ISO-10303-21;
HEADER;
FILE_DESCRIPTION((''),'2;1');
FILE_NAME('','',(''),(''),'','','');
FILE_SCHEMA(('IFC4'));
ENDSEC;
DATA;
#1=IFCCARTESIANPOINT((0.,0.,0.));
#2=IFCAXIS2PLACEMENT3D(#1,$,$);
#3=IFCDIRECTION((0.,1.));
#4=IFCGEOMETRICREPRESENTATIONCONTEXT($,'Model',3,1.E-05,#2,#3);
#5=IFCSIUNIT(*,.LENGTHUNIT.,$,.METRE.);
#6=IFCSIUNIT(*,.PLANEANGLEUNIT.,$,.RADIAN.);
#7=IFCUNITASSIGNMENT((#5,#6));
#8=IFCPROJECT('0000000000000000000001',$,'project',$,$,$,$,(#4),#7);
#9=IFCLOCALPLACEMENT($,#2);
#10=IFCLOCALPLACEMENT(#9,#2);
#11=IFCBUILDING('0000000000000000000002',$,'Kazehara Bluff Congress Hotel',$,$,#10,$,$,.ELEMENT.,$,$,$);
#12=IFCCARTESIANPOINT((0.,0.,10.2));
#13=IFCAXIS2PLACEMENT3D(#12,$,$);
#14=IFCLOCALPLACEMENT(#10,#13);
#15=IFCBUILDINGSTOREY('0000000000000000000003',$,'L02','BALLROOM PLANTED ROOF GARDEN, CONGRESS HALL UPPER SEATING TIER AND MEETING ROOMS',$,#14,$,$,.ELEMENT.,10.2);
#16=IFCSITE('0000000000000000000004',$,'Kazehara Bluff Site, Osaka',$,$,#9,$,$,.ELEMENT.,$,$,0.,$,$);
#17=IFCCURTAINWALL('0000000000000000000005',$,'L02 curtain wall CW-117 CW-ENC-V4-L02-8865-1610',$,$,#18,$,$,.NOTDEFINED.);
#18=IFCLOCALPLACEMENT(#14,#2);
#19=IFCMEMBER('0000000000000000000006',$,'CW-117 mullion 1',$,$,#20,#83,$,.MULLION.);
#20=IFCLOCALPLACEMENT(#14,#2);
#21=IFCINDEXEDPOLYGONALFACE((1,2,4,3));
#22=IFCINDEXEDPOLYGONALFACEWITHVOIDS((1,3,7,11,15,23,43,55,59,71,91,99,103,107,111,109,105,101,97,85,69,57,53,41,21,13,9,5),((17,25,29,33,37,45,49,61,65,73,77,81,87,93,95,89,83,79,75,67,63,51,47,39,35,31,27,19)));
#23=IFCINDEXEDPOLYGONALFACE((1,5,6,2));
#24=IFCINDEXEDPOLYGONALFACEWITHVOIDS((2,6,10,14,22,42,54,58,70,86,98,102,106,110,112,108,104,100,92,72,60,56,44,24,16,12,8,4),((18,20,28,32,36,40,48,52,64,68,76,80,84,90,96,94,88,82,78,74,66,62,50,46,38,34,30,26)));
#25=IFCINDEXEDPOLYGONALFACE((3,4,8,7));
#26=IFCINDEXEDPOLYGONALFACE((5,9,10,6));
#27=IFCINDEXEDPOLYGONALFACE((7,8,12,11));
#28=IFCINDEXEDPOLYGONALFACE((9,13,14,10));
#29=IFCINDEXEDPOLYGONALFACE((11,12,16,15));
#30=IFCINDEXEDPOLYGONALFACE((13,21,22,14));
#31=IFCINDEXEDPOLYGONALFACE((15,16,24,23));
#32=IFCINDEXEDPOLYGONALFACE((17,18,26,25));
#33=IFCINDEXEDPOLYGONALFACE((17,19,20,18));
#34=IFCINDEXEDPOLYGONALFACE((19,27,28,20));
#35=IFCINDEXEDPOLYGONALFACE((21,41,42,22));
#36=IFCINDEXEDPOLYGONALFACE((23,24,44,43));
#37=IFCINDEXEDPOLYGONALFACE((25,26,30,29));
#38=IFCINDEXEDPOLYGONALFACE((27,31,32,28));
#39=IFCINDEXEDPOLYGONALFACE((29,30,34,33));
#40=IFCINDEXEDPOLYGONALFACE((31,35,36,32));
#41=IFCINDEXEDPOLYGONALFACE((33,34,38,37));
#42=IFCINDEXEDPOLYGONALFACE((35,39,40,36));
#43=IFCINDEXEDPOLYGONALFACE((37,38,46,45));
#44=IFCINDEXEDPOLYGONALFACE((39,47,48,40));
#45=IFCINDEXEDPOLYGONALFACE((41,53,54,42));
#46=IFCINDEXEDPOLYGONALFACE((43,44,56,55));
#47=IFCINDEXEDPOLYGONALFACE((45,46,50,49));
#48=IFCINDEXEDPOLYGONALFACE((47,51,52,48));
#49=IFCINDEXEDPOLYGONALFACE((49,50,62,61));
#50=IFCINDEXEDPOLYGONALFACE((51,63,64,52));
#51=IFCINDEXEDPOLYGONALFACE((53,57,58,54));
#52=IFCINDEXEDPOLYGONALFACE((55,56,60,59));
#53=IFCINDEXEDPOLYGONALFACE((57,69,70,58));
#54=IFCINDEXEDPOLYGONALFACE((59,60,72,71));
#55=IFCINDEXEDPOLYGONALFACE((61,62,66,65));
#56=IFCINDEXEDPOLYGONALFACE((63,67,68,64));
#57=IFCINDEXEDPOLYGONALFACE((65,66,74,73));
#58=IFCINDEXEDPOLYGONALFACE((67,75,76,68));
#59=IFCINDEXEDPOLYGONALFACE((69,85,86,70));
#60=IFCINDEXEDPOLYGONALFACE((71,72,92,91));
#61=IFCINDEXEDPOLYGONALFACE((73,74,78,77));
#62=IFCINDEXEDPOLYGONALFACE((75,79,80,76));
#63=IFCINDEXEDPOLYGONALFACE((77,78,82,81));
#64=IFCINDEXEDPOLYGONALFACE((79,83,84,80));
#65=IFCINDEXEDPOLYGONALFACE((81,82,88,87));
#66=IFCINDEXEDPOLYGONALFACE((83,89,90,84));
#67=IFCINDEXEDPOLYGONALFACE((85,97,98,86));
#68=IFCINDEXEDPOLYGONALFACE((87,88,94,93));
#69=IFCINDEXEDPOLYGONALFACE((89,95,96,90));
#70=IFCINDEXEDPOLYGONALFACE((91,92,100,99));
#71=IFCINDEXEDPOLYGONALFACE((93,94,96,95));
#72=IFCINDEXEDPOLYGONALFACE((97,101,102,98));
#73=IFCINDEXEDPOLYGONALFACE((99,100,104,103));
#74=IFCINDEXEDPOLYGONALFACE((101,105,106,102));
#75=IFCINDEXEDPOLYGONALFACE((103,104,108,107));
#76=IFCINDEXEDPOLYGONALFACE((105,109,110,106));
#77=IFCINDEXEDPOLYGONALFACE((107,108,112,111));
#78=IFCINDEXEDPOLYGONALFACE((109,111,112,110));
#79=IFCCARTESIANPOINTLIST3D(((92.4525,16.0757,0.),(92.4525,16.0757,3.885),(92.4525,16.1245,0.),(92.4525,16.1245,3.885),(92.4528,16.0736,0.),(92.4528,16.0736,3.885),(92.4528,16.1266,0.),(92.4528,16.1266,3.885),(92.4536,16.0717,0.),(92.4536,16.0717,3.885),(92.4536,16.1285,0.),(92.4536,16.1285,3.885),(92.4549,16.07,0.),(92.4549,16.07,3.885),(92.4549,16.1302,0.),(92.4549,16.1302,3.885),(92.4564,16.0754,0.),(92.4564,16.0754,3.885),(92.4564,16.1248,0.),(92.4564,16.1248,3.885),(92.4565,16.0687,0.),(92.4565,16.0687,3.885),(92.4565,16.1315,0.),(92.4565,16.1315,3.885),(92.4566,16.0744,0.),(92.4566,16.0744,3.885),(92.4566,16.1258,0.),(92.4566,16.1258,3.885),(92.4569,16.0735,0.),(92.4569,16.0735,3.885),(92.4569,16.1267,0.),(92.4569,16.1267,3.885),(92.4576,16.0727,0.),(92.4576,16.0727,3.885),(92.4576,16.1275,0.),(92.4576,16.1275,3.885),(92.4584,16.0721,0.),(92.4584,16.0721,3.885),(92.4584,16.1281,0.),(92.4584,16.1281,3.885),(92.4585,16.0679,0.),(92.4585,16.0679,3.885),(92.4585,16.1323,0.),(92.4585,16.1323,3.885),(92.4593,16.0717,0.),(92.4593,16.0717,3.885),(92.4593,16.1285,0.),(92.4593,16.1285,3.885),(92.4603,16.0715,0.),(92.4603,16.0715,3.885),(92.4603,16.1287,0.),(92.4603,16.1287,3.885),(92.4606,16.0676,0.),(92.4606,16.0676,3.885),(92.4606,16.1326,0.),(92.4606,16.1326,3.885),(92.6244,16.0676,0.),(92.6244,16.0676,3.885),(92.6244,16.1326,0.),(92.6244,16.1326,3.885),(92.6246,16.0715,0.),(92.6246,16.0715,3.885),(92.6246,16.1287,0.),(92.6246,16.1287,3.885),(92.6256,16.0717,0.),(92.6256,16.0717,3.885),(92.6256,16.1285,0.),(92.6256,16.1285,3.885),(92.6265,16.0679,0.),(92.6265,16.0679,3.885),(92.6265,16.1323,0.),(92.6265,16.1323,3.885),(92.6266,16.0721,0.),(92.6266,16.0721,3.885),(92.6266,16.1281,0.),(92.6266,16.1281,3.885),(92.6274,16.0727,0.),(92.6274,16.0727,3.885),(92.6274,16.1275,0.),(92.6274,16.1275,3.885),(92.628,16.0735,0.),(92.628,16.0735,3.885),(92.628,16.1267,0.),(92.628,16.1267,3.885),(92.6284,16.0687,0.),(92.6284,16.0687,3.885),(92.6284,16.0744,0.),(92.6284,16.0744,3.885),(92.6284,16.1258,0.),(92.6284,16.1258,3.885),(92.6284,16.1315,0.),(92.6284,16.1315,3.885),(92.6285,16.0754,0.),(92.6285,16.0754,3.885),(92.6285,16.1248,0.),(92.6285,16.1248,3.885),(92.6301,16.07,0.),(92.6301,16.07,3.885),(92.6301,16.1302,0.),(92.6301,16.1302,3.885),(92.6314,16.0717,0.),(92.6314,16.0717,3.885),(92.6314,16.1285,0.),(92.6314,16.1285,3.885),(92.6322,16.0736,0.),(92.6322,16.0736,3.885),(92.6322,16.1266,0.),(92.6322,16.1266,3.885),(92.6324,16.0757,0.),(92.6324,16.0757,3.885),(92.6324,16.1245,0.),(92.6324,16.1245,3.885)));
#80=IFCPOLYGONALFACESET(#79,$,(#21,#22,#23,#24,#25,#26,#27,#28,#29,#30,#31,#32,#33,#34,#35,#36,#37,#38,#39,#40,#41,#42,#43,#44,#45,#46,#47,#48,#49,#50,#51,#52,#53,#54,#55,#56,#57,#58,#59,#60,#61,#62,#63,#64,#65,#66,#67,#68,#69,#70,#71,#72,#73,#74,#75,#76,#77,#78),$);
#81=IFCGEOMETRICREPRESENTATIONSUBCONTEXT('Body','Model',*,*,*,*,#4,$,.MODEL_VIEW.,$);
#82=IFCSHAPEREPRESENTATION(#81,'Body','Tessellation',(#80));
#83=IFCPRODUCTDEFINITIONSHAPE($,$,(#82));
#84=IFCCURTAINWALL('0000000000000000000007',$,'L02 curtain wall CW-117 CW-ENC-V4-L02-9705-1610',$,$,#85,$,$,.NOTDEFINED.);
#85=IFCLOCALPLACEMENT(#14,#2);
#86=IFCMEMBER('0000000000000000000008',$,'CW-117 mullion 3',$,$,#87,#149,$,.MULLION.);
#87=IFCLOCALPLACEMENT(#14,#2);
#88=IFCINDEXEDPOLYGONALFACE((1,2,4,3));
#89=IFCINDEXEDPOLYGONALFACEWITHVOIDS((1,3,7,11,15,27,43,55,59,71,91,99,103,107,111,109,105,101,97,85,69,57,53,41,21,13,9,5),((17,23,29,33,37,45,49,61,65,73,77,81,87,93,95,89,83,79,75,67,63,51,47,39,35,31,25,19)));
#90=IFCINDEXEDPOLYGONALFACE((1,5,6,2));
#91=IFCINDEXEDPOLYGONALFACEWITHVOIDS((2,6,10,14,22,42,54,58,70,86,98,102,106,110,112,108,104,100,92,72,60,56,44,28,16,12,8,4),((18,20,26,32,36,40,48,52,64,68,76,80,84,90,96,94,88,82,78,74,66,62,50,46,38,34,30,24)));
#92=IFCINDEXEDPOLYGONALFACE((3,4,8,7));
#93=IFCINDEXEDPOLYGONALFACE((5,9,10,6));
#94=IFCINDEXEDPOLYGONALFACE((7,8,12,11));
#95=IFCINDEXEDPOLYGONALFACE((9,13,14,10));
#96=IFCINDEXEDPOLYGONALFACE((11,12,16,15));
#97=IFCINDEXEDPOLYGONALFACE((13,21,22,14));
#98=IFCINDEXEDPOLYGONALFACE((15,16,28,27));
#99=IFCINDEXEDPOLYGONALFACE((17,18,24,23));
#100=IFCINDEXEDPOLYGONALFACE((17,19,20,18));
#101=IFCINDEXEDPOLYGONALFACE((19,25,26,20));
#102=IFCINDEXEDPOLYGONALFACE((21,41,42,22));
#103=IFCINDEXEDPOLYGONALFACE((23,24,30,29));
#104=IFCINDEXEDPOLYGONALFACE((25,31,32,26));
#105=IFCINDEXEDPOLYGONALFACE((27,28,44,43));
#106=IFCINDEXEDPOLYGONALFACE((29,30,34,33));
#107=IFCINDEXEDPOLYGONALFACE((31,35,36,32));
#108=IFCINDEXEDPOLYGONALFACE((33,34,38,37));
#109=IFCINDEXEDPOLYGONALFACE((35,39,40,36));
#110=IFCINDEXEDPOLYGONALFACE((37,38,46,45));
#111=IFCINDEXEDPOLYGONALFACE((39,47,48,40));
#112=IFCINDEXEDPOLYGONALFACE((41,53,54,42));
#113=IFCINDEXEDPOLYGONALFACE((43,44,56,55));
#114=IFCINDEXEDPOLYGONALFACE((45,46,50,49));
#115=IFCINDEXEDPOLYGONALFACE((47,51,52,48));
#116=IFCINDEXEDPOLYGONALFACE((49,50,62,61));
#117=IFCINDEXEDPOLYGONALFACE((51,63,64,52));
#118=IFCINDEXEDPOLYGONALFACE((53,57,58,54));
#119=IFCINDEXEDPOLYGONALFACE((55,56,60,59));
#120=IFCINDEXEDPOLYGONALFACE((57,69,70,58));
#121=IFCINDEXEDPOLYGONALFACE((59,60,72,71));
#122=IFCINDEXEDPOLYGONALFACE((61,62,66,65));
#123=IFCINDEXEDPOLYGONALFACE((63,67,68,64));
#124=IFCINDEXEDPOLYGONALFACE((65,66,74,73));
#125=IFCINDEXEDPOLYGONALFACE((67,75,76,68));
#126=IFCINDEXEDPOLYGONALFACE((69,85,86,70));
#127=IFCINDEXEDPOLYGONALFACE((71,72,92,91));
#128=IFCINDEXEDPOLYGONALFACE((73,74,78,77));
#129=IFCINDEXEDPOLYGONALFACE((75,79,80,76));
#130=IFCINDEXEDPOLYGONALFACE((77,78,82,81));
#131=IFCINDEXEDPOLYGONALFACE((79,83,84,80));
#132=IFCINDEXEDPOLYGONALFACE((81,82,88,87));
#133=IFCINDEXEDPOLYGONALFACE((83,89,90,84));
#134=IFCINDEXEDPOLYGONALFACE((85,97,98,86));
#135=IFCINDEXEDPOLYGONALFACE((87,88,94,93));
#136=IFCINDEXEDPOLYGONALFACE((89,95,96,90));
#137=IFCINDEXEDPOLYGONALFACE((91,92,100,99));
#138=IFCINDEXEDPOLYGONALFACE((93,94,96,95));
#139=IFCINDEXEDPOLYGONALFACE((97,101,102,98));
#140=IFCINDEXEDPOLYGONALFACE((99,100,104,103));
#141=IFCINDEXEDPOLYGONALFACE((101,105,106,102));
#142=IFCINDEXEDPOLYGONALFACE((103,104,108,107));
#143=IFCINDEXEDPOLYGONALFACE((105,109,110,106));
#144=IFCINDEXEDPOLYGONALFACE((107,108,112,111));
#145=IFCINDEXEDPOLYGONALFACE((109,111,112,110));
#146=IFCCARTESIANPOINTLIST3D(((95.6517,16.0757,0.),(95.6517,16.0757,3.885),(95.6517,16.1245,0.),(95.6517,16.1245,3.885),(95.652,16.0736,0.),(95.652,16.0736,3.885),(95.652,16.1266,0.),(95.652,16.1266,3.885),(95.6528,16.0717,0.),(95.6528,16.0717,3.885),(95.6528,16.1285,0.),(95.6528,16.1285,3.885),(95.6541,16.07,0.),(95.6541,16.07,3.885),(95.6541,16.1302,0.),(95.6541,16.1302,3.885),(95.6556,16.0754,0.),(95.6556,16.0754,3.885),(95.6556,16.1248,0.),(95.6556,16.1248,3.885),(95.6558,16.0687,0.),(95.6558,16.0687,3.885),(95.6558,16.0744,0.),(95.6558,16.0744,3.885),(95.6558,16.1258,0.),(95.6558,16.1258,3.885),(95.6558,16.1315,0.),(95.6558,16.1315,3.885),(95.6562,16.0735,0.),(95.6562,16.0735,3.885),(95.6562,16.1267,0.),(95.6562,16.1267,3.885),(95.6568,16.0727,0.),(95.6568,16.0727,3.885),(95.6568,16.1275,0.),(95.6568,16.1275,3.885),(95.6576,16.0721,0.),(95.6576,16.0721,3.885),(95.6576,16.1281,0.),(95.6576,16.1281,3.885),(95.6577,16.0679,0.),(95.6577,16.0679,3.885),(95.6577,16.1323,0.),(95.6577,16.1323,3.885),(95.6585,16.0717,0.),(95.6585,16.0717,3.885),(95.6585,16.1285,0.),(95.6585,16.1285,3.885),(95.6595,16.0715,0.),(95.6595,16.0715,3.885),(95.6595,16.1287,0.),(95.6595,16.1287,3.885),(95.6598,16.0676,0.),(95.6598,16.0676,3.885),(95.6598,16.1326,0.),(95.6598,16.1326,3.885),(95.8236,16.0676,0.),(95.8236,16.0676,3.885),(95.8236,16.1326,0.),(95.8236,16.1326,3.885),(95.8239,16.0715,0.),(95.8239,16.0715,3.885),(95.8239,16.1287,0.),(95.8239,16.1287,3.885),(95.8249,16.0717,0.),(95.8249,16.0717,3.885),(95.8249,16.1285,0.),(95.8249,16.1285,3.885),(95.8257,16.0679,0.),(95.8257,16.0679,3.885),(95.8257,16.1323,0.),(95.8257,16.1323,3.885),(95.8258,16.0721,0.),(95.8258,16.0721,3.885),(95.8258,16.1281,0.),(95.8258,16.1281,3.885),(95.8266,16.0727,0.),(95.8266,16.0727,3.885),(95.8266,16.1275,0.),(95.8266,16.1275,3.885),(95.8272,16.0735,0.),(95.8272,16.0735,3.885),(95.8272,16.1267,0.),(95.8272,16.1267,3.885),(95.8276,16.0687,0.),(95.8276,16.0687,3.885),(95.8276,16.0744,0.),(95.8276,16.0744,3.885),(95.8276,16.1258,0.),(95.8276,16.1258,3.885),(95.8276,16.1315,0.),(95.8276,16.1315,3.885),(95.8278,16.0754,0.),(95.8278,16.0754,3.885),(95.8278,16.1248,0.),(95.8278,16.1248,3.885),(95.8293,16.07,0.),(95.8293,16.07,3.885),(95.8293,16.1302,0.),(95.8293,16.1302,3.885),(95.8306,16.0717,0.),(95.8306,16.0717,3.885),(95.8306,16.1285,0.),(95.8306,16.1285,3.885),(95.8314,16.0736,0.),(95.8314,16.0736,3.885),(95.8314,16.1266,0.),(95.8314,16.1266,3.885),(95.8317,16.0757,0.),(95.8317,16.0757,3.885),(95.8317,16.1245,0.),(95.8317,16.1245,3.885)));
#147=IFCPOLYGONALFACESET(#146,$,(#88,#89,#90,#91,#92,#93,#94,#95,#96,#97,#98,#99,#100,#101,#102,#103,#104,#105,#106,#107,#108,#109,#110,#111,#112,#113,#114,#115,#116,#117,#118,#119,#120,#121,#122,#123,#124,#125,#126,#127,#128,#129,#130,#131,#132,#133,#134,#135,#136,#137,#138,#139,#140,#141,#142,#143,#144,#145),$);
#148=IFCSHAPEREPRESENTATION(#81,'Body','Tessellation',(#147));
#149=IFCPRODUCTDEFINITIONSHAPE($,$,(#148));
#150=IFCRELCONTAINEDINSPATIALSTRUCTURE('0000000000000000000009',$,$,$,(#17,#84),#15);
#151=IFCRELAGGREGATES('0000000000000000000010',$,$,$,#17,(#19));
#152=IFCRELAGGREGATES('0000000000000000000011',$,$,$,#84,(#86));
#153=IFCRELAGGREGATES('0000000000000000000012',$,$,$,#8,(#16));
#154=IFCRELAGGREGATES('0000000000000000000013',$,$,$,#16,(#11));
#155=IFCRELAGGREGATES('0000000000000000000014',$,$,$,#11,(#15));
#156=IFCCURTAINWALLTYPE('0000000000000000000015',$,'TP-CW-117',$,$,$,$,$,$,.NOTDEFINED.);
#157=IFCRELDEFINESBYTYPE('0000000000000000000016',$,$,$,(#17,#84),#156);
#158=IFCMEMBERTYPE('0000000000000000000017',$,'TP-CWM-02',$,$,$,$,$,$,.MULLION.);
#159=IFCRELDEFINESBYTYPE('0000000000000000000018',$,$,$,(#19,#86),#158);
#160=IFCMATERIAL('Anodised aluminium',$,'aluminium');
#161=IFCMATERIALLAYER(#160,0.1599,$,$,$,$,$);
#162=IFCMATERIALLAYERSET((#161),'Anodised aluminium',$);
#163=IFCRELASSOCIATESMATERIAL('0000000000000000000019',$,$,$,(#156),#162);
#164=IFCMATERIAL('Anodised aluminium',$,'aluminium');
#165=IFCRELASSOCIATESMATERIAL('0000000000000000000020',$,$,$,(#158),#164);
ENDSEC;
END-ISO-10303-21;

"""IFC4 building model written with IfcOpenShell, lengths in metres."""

from ifc_helpers import new_model, si_unit, direction, frame, origin, origin_2d, place, context, subcontext, project, spatial, hollow_rectangle, extrude, material, layer, layer_set, material_profile, profile_set, type_object, element, aggregate, save


model = new_model("IFC4")

# Units and contexts
model_context = context("Model", 3, precision=1e-05, world=origin(), true_north=direction((0.0, 1.0)))
body_context = subcontext(model_context, "Body", "Model", "MODEL_VIEW")
ifc_project = project(units=[si_unit("LENGTHUNIT", "METRE"), si_unit("PLANEANGLEUNIT", "RADIAN")], contexts=[model_context])

# Site, building, storey
site_placement = place(None, origin())
site = spatial("IfcSite", under=ifc_project, at=site_placement, Name="Kazehara Bluff Site, Osaka", CompositionType="ELEMENT", RefElevation=0.0)
building_placement = place(site_placement, origin())
building = spatial("IfcBuilding", under=site, at=building_placement, Name="Kazehara Bluff Congress Hotel", CompositionType="ELEMENT")
storey_placement = place(building_placement, frame((0.0, 0.0, 10.2)))
storey = spatial("IfcBuildingStorey", under=building, at=storey_placement, Name="L02", Description="BALLROOM PLANTED ROOF GARDEN, CONGRESS HALL UPPER SEATING TIER AND MEETING ROOMS", CompositionType="ELEMENT", Elevation=10.2)

# Curtain wall, member
ifc_material_1 = material(Name="Anodised aluminium", Category="aluminium")
ifc_layer_1 = layer(ifc_material_1, 0.1599)
ifc_layer_set_1 = layer_set([ifc_layer_1], Name="Anodised aluminium")
curtain_wall_type = type_object("IfcCurtainWallType", Name="TP-CW-117", PredefinedType="NOTDEFINED", material=ifc_layer_set_1)
curtain_wall_1_placement = place(storey_placement, origin())
curtain_wall_1 = element("IfcCurtainWall", 1, at=curtain_wall_1_placement, inside=storey, type_object=curtain_wall_type, Name="L02 curtain wall CW-117 CW-ENC-V4-L02-8865-1610", PredefinedType="NOTDEFINED")
ifc_material_2 = material(Name="Anodised aluminium", Category="aluminium")
ifc_material_profile_1 = material_profile(ifc_material_2, hollow_rectangle(XDim=0.0649, YDim=0.1799, WallThickness=0.0039, InnerFilletRadius=0.0039, OuterFilletRadius=0.0081, at=origin_2d()))
ifc_profile_set_1 = profile_set([ifc_material_profile_1], Name="Anodised aluminium")
member_type_1 = type_object("IfcMemberType", Name="TP-CWM-02", PredefinedType="MULLION", material=ifc_profile_set_1)
member_1_placement = place(storey_placement, frame((92.5425, 16.1001, 0.0), z_axis=(0.0, 0.0, 1.0), x_axis=(0.0, -1.0, 0.0)))
member_1 = element("IfcMember", 2, at=member_1_placement, type_object=member_type_1, Name="CW-117 mullion 1", PredefinedType="MULLION", context=body_context, shape_type="SweptSolid", body=[
    extrude(hollow_rectangle(XDim=0.0649, YDim=0.1799, WallThickness=0.0039, InnerFilletRadius=0.0039, OuterFilletRadius=0.0081, at=origin_2d()), origin(), (0.0, 0.0, 1.0), 3.885),
])

# Curtain wall, member
curtain_wall_2_placement = place(storey_placement, origin())
curtain_wall_2 = element("IfcCurtainWall", 3, at=curtain_wall_2_placement, inside=storey, type_object=curtain_wall_type, Name="L02 curtain wall CW-117 CW-ENC-V4-L02-9705-1610", PredefinedType="NOTDEFINED")
member_2_placement = place(storey_placement, frame((95.7417, 16.1001, 0.0), z_axis=(0.0, 0.0, 1.0), x_axis=(0.0, -1.0, 0.0)))
member_2 = element("IfcMember", 4, at=member_2_placement, type_object=member_type_1, Name="CW-117 mullion 3", PredefinedType="MULLION", context=body_context, shape_type="SweptSolid", body=[
    extrude(hollow_rectangle(XDim=0.0649, YDim=0.1799, WallThickness=0.0039, InnerFilletRadius=0.0039, OuterFilletRadius=0.0081, at=origin_2d()), origin(), (0.0, 0.0, 1.0), 3.885),
])

aggregate(curtain_wall_1, [member_1])
aggregate(curtain_wall_2, [member_2])

save(model, "model.ifc")
